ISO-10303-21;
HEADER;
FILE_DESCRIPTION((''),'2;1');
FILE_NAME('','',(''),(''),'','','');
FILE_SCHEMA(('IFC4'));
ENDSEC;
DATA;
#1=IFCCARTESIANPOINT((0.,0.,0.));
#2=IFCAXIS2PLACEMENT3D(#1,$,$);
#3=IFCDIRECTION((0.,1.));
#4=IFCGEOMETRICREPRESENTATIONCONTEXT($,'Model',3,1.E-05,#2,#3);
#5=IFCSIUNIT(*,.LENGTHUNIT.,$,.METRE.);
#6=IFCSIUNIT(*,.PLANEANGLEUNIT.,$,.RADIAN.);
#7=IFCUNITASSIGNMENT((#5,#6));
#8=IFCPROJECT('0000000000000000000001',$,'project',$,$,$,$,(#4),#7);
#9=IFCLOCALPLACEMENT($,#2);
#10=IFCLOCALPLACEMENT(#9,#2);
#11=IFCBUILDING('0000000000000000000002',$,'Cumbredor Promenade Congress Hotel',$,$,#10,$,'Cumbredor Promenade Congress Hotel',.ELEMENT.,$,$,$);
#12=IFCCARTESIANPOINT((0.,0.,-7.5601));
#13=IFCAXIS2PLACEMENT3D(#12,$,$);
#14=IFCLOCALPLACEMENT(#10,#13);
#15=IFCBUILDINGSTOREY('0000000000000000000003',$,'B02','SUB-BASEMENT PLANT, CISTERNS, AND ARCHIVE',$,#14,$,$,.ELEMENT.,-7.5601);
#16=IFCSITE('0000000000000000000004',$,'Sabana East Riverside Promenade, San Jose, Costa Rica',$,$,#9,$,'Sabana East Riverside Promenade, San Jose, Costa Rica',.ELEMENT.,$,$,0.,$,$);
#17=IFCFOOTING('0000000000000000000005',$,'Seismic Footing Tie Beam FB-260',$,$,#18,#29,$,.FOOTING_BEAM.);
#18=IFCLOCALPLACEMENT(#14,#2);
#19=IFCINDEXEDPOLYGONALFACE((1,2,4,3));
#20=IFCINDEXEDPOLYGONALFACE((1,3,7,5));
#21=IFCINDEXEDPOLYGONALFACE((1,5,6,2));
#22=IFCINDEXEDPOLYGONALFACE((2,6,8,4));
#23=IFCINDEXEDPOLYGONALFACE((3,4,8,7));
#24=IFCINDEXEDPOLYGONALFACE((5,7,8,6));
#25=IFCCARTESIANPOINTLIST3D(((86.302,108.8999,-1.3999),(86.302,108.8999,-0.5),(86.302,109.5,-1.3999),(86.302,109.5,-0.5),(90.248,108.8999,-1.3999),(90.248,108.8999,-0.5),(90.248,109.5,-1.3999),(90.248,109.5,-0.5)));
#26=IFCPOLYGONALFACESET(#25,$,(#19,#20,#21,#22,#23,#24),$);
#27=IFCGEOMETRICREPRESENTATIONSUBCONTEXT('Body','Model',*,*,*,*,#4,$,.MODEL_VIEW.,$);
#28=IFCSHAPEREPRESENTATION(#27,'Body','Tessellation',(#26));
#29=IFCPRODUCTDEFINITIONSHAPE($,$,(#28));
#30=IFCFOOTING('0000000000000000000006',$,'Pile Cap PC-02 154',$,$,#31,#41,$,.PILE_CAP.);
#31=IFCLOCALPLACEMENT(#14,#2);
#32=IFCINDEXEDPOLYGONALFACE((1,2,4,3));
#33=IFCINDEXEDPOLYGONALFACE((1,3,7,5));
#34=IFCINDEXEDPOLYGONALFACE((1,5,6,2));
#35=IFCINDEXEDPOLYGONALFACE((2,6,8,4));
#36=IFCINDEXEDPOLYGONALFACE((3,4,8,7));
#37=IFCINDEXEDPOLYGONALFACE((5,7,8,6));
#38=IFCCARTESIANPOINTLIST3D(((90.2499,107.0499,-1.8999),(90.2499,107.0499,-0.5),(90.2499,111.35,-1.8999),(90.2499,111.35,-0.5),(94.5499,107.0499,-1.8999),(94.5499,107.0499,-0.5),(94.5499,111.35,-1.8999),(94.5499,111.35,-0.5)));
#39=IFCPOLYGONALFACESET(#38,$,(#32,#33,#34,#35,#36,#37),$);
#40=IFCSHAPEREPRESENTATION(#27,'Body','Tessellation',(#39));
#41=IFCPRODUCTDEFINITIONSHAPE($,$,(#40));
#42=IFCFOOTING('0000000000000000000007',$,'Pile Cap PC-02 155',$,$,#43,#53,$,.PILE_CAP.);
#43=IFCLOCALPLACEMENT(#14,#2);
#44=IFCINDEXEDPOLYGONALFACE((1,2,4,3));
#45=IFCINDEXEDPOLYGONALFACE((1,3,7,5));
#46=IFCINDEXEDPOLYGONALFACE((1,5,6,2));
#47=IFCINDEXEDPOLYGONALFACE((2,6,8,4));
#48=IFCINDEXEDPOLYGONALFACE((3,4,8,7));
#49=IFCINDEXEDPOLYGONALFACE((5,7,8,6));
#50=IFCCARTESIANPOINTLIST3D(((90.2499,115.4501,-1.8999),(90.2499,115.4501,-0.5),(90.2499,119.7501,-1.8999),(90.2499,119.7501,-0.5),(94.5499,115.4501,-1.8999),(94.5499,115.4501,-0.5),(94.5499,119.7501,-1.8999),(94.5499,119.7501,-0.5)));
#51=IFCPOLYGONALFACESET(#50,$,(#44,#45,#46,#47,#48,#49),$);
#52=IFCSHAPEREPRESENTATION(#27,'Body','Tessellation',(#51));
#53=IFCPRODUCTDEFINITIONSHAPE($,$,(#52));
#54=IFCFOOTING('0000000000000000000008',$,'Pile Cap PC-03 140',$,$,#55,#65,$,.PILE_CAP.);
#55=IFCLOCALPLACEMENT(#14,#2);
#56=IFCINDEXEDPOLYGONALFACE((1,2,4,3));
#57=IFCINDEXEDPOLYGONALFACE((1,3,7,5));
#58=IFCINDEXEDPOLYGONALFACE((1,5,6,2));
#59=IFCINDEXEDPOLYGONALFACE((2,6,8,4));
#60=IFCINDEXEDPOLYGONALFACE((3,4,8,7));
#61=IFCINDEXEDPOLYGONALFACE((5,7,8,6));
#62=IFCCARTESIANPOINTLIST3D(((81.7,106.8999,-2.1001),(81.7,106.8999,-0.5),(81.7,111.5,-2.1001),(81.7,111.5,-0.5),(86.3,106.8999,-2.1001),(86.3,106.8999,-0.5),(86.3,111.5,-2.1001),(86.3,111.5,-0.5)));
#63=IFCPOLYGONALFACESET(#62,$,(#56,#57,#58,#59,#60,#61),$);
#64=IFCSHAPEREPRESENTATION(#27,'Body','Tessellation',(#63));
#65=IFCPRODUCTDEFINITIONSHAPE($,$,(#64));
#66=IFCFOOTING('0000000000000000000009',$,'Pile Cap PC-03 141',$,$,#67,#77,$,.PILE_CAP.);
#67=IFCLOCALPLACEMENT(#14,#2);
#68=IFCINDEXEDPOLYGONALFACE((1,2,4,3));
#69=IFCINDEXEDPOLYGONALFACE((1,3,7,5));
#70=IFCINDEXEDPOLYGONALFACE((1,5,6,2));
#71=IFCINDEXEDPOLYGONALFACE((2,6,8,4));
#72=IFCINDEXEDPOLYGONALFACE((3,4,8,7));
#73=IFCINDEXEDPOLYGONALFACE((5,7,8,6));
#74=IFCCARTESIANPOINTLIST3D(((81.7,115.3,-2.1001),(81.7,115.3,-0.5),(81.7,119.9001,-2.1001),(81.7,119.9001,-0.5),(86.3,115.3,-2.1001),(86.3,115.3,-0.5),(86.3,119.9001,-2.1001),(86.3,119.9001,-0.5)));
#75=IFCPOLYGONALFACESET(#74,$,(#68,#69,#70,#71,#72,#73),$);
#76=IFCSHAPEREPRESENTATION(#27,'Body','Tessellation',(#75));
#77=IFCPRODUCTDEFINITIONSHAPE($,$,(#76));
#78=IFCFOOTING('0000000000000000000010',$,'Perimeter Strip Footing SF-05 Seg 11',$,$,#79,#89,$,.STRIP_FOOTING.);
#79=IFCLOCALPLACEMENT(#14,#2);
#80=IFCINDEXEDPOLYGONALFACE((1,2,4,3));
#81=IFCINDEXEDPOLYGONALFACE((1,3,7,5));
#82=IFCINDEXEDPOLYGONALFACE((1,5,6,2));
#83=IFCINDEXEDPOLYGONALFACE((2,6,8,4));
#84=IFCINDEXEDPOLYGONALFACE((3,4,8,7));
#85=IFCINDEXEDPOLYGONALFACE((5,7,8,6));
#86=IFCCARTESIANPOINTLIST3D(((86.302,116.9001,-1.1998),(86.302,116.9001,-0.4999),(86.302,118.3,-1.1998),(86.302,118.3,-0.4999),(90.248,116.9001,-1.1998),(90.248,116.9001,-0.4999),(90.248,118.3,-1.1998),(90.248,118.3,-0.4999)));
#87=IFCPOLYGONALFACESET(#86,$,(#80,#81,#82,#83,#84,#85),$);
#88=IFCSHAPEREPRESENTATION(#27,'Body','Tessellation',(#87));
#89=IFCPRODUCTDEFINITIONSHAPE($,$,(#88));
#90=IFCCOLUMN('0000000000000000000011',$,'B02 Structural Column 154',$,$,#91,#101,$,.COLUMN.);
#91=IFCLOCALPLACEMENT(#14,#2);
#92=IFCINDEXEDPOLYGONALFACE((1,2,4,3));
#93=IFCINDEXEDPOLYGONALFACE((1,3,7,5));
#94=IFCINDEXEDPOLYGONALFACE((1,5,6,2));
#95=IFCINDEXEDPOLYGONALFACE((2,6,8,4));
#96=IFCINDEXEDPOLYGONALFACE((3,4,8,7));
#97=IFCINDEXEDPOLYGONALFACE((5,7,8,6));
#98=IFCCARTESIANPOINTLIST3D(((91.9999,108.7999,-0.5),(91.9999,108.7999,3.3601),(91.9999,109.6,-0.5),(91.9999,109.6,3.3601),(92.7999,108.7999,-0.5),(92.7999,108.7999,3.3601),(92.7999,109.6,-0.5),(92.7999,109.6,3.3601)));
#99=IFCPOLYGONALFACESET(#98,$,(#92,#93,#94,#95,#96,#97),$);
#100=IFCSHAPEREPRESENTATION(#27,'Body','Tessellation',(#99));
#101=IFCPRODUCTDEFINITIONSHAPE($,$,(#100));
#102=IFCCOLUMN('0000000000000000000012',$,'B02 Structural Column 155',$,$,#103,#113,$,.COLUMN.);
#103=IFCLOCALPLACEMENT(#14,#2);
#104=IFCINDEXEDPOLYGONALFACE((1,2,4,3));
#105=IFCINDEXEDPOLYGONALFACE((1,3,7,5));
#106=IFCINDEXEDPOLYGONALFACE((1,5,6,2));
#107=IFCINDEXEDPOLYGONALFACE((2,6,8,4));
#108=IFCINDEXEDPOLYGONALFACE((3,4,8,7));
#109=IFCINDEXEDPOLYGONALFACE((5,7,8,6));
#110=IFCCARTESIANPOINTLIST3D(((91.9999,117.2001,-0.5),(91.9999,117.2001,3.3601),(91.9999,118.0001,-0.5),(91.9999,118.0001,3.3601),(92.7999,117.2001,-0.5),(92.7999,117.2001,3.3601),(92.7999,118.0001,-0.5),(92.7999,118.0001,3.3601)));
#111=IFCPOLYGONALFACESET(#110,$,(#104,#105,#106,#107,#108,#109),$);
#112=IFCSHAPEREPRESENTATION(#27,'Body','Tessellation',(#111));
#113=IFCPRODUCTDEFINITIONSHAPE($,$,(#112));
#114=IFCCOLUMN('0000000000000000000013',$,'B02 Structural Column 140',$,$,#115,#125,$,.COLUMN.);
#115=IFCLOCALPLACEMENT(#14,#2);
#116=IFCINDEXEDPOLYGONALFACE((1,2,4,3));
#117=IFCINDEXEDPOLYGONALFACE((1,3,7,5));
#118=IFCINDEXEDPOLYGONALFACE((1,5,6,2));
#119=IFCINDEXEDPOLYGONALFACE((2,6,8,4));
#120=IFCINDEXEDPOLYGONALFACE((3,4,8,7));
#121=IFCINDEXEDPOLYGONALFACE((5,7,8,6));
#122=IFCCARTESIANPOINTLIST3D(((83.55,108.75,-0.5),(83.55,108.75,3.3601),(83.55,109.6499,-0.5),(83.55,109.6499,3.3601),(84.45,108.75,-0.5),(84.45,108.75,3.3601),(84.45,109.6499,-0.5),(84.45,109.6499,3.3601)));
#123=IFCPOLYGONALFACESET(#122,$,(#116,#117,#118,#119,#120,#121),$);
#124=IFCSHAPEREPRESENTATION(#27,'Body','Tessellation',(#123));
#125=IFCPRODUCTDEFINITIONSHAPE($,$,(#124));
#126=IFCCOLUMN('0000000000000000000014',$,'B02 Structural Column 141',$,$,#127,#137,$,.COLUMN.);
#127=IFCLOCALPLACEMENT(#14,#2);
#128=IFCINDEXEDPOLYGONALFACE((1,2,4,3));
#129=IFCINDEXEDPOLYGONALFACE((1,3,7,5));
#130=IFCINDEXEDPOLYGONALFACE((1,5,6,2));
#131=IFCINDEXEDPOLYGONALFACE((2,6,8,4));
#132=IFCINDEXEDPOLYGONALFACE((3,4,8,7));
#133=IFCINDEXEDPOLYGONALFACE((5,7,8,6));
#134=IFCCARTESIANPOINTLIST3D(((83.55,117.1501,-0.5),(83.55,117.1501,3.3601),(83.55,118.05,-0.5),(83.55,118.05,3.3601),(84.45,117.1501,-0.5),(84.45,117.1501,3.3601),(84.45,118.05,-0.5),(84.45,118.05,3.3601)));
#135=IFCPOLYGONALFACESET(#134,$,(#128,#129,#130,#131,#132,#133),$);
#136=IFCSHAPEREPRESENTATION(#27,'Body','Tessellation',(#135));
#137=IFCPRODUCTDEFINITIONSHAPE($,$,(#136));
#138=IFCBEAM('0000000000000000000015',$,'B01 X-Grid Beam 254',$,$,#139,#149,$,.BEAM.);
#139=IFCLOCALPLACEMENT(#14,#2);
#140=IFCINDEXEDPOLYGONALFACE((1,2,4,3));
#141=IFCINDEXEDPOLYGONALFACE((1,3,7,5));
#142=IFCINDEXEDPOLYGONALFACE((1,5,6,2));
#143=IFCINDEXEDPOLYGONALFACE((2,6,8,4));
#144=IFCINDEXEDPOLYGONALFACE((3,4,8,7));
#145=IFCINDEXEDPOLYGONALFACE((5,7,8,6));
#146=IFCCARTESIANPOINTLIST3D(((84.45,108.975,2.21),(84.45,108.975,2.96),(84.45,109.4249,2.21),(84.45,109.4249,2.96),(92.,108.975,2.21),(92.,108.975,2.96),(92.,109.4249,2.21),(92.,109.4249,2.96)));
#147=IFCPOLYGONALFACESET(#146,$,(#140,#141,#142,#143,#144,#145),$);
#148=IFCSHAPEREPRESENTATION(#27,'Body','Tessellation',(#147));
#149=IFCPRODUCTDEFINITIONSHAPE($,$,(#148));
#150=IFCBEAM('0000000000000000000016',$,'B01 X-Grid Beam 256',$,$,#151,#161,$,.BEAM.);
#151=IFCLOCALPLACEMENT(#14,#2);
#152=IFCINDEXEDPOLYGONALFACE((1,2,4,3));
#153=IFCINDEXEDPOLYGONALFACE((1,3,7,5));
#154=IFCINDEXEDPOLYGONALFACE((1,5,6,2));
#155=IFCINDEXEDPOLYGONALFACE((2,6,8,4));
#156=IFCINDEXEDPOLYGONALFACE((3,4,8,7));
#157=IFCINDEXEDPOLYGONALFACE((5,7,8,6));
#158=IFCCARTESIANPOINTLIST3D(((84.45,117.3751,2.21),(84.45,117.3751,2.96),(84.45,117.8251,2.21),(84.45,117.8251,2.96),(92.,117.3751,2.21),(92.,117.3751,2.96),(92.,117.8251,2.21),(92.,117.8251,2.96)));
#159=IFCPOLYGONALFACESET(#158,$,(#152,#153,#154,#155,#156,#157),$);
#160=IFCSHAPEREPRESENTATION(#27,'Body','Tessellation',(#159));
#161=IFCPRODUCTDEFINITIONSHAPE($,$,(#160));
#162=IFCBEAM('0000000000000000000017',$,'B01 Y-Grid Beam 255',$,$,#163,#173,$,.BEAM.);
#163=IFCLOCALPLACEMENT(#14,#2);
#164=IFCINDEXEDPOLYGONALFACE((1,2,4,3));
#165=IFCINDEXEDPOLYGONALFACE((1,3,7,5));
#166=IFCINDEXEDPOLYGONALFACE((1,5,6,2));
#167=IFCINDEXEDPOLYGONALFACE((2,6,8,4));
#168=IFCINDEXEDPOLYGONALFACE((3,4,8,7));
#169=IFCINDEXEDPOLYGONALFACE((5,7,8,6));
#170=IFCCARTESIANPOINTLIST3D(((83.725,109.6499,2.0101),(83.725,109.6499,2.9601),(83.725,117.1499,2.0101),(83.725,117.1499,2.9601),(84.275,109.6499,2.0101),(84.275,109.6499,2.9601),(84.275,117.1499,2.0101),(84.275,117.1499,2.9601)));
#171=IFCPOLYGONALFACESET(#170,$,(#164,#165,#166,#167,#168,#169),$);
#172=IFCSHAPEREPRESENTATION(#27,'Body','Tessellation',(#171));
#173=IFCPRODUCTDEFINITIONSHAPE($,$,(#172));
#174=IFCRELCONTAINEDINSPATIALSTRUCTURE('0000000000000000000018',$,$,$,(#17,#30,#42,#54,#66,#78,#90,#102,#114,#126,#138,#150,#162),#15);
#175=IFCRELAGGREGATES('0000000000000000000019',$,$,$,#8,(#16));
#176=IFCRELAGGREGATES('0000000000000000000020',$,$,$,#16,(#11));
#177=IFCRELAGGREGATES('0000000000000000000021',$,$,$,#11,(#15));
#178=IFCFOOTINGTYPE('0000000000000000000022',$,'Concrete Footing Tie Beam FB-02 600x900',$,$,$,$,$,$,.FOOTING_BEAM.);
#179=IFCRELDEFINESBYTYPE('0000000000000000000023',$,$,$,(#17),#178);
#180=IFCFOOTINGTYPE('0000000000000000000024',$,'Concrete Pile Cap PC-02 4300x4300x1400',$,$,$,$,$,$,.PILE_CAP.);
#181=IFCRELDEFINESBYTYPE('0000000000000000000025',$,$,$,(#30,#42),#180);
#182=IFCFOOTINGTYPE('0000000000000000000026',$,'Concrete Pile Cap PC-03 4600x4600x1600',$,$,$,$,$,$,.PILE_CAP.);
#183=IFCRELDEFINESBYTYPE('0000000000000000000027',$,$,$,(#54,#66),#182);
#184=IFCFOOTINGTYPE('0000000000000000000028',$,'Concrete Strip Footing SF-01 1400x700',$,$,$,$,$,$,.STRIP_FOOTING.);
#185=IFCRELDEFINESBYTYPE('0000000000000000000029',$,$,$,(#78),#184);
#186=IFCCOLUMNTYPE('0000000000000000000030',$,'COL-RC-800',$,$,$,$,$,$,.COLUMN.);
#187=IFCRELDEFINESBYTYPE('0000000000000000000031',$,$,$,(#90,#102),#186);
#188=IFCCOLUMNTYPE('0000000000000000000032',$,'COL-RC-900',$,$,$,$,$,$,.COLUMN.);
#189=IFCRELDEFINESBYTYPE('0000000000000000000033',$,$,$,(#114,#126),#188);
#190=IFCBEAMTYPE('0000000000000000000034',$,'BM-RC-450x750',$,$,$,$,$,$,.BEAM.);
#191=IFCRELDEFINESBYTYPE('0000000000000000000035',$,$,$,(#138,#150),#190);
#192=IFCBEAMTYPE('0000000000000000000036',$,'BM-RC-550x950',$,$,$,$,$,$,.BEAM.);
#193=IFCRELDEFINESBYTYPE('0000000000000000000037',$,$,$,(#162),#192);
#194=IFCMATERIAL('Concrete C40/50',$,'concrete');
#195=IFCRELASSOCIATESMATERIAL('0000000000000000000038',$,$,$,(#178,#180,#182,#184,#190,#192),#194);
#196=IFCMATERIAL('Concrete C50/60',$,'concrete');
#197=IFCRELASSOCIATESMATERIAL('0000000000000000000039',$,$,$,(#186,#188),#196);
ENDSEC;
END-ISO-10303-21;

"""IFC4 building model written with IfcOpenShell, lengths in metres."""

from ifc_helpers import new_model, si_unit, direction, frame, origin, origin_2d, place, context, subcontext, project, spatial, rectangle, extrude, material, material_profile, profile_set, type_object, element, save


model = new_model("IFC4")

# Units and contexts
model_context = context("Model", 3, precision=1e-05, world=origin(), true_north=direction((0.0, 1.0)))
body_context = subcontext(model_context, "Body", "Model", "MODEL_VIEW")
ifc_project = project(units=[si_unit("LENGTHUNIT", "METRE"), si_unit("PLANEANGLEUNIT", "RADIAN")], contexts=[model_context])

# Site, building, storey
site_placement = place(None, origin())
site = spatial("IfcSite", under=ifc_project, at=site_placement, Name="Sabana East Riverside Promenade, San Jose, Costa Rica", LongName="Sabana East Riverside Promenade, San Jose, Costa Rica", CompositionType="ELEMENT", RefElevation=0.0)
building_placement = place(site_placement, origin())
building = spatial("IfcBuilding", under=site, at=building_placement, Name="Cumbredor Promenade Congress Hotel", LongName="Cumbredor Promenade Congress Hotel", CompositionType="ELEMENT")
storey_placement = place(building_placement, frame((0.0, 0.0, -7.5601)))
storey = spatial("IfcBuildingStorey", under=building, at=storey_placement, Name="B02", Description="SUB-BASEMENT PLANT, CISTERNS, AND ARCHIVE", CompositionType="ELEMENT", Elevation=-7.5601)

# Shared definitions
ifc_material_1 = material(Name="Concrete C40/50", Category="concrete")

# Footings
ifc_material_profile_1 = material_profile(ifc_material_1, rectangle(XDim=0.6001, YDim=0.8999, at=origin_2d()), Name="FB 600x900")
ifc_profile_set_1 = profile_set([ifc_material_profile_1], Name="Concrete C40/50")
footing_type_1 = type_object("IfcFootingType", Name="Concrete Footing Tie Beam FB-02 600x900", PredefinedType="FOOTING_BEAM", material=ifc_profile_set_1)
footing_1_placement = place(storey_placement, frame((86.302, 109.2, -0.95), z_axis=(1.0, 0.0, 0.0), x_axis=(0.0, 1.0, 0.0)))
element("IfcFooting", 1, at=footing_1_placement, inside=storey, type_object=footing_type_1, Name="Seismic Footing Tie Beam FB-260", PredefinedType="FOOTING_BEAM", context=body_context, shape_type="SweptSolid", body=[
    extrude(rectangle(XDim=0.6001, YDim=0.8999, at=origin_2d()), origin(), (0.0, 0.0, 1.0), 3.946),
])
footing_type_2 = type_object("IfcFootingType", Name="Concrete Pile Cap PC-02 4300x4300x1400", PredefinedType="PILE_CAP", material=ifc_material_1)
for number, where, z_axis, x_axis, name in (
    (2, (92.3999, 109.2, -1.8999), (0.0, 0.0, 1.0), (1.0, 0.0, 0.0), "Pile Cap PC-02 154"),
    (3, (92.3999, 117.6001, -1.8999), (0.0, 0.0, 1.0), (1.0, 0.0, 0.0), "Pile Cap PC-02 155"),
):
    element("IfcFooting", number, at=place(storey_placement, frame(where, z_axis=z_axis, x_axis=x_axis)), inside=storey, type_object=footing_type_2, Name=name, PredefinedType="PILE_CAP", context=body_context, shape_type="SweptSolid", body=[
        extrude(rectangle(XDim=4.3, YDim=4.3, at=origin_2d()), origin(), (0.0, 0.0, 1.0), 1.3999),
    ])
footing_type_3 = type_object("IfcFootingType", Name="Concrete Pile Cap PC-03 4600x4600x1600", PredefinedType="PILE_CAP", material=ifc_material_1)
for number, where, z_axis, x_axis, name in (
    (4, (84.0, 109.2, -2.1001), (0.0, 0.0, 1.0), (1.0, 0.0, 0.0), "Pile Cap PC-03 140"),
    (5, (84.0, 117.6001, -2.1001), (0.0, 0.0, 1.0), (1.0, 0.0, 0.0), "Pile Cap PC-03 141"),
):
    element("IfcFooting", number, at=place(storey_placement, frame(where, z_axis=z_axis, x_axis=x_axis)), inside=storey, type_object=footing_type_3, Name=name, PredefinedType="PILE_CAP", context=body_context, shape_type="SweptSolid", body=[
        extrude(rectangle(XDim=4.6001, YDim=4.6001, at=origin_2d()), origin(), (0.0, 0.0, 1.0), 1.6001),
    ])
ifc_material_profile_2 = material_profile(ifc_material_1, rectangle(XDim=1.3999, YDim=0.7, at=origin_2d()), Name="SF 1400x700")
ifc_profile_set_2 = profile_set([ifc_material_profile_2], Name="Concrete C40/50")
footing_type_4 = type_object("IfcFootingType", Name="Concrete Strip Footing SF-01 1400x700", PredefinedType="STRIP_FOOTING", material=ifc_profile_set_2)
footing_2_placement = place(storey_placement, frame((86.302, 117.6001, -0.8499), z_axis=(1.0, 0.0, 0.0), x_axis=(0.0, 1.0, 0.0)))
element("IfcFooting", 6, at=footing_2_placement, inside=storey, type_object=footing_type_4, Name="Perimeter Strip Footing SF-05 Seg 11", PredefinedType="STRIP_FOOTING", context=body_context, shape_type="SweptSolid", body=[
    extrude(rectangle(XDim=1.3999, YDim=0.7, at=origin_2d()), origin(), (0.0, 0.0, 1.0), 3.946),
])

# Columns
ifc_material_2 = material(Name="Concrete C50/60", Category="concrete")
ifc_material_profile_3 = material_profile(ifc_material_2, rectangle(XDim=0.8, YDim=0.8, at=origin_2d()), Name="RC 800x800")
ifc_profile_set_3 = profile_set([ifc_material_profile_3], Name="Concrete C50/60")
column_type_1 = type_object("IfcColumnType", Name="COL-RC-800", PredefinedType="COLUMN", material=ifc_profile_set_3)
for number, where, z_axis, x_axis, name in (
    (7, (92.3999, 109.2, -0.5), (0.0, 0.0, 1.0), (1.0, 0.0, 0.0), "B02 Structural Column 154"),
    (8, (92.3999, 117.6001, -0.5), (0.0, 0.0, 1.0), (1.0, 0.0, 0.0), "B02 Structural Column 155"),
):
    element("IfcColumn", number, at=place(storey_placement, frame(where, z_axis=z_axis, x_axis=x_axis)), inside=storey, type_object=column_type_1, Name=name, PredefinedType="COLUMN", context=body_context, shape_type="SweptSolid", body=[
        extrude(rectangle(XDim=0.8, YDim=0.8, at=origin_2d()), origin(), (0.0, 0.0, 1.0), 3.8601),
    ])
ifc_material_profile_4 = material_profile(ifc_material_2, rectangle(XDim=0.8999, YDim=0.8999, at=origin_2d()), Name="RC 900x900")
ifc_profile_set_4 = profile_set([ifc_material_profile_4], Name="Concrete C50/60")
column_type_2 = type_object("IfcColumnType", Name="COL-RC-900", PredefinedType="COLUMN", material=ifc_profile_set_4)
for number, where, z_axis, x_axis, name in (
    (9, (84.0, 109.2, -0.5), (0.0, 0.0, 1.0), (1.0, 0.0, 0.0), "B02 Structural Column 140"),
    (10, (84.0, 117.6001, -0.5), (0.0, 0.0, 1.0), (1.0, 0.0, 0.0), "B02 Structural Column 141"),
):
    element("IfcColumn", number, at=place(storey_placement, frame(where, z_axis=z_axis, x_axis=x_axis)), inside=storey, type_object=column_type_2, Name=name, PredefinedType="COLUMN", context=body_context, shape_type="SweptSolid", body=[
        extrude(rectangle(XDim=0.8999, YDim=0.8999, at=origin_2d()), origin(), (0.0, 0.0, 1.0), 3.8601),
    ])

# Beams
ifc_material_profile_5 = material_profile(ifc_material_1, rectangle(XDim=0.45, YDim=0.75, at=origin_2d()), Name="RC BEAM 450x750")
ifc_profile_set_5 = profile_set([ifc_material_profile_5], Name="Concrete C40/50")
beam_type_1 = type_object("IfcBeamType", Name="BM-RC-450x750", PredefinedType="BEAM", material=ifc_profile_set_5)
for number, where, z_axis, x_axis, name in (
    (11, (84.45, 109.2, 2.585), (1.0, 0.0, 0.0), (0.0, 1.0, 0.0), "B01 X-Grid Beam 254"),
    (12, (84.45, 117.6001, 2.585), (1.0, 0.0, 0.0), (0.0, 1.0, 0.0), "B01 X-Grid Beam 256"),
):
    element("IfcBeam", number, at=place(storey_placement, frame(where, z_axis=z_axis, x_axis=x_axis)), inside=storey, type_object=beam_type_1, Name=name, PredefinedType="BEAM", context=body_context, shape_type="SweptSolid", body=[
        extrude(rectangle(XDim=0.45, YDim=0.75, at=origin_2d()), origin(), (0.0, 0.0, 1.0), 7.55),
    ])
ifc_material_profile_6 = material_profile(ifc_material_1, rectangle(XDim=0.55, YDim=0.95, at=origin_2d()), Name="RC BEAM 550x950")
ifc_profile_set_6 = profile_set([ifc_material_profile_6], Name="Concrete C40/50")
beam_type_2 = type_object("IfcBeamType", Name="BM-RC-550x950", PredefinedType="BEAM", material=ifc_profile_set_6)
beam_placement = place(storey_placement, frame((84.0, 109.6499, 2.4851), z_axis=(0.0, 1.0, 0.0), x_axis=(-1.0, 0.0, 0.0)))
element("IfcBeam", 13, at=beam_placement, inside=storey, type_object=beam_type_2, Name="B01 Y-Grid Beam 255", PredefinedType="BEAM", context=body_context, shape_type="SweptSolid", body=[
    extrude(rectangle(XDim=0.55, YDim=0.95, at=origin_2d()), origin(), (0.0, 0.0, 1.0), 7.5),
])

save(model, "model.ifc")
